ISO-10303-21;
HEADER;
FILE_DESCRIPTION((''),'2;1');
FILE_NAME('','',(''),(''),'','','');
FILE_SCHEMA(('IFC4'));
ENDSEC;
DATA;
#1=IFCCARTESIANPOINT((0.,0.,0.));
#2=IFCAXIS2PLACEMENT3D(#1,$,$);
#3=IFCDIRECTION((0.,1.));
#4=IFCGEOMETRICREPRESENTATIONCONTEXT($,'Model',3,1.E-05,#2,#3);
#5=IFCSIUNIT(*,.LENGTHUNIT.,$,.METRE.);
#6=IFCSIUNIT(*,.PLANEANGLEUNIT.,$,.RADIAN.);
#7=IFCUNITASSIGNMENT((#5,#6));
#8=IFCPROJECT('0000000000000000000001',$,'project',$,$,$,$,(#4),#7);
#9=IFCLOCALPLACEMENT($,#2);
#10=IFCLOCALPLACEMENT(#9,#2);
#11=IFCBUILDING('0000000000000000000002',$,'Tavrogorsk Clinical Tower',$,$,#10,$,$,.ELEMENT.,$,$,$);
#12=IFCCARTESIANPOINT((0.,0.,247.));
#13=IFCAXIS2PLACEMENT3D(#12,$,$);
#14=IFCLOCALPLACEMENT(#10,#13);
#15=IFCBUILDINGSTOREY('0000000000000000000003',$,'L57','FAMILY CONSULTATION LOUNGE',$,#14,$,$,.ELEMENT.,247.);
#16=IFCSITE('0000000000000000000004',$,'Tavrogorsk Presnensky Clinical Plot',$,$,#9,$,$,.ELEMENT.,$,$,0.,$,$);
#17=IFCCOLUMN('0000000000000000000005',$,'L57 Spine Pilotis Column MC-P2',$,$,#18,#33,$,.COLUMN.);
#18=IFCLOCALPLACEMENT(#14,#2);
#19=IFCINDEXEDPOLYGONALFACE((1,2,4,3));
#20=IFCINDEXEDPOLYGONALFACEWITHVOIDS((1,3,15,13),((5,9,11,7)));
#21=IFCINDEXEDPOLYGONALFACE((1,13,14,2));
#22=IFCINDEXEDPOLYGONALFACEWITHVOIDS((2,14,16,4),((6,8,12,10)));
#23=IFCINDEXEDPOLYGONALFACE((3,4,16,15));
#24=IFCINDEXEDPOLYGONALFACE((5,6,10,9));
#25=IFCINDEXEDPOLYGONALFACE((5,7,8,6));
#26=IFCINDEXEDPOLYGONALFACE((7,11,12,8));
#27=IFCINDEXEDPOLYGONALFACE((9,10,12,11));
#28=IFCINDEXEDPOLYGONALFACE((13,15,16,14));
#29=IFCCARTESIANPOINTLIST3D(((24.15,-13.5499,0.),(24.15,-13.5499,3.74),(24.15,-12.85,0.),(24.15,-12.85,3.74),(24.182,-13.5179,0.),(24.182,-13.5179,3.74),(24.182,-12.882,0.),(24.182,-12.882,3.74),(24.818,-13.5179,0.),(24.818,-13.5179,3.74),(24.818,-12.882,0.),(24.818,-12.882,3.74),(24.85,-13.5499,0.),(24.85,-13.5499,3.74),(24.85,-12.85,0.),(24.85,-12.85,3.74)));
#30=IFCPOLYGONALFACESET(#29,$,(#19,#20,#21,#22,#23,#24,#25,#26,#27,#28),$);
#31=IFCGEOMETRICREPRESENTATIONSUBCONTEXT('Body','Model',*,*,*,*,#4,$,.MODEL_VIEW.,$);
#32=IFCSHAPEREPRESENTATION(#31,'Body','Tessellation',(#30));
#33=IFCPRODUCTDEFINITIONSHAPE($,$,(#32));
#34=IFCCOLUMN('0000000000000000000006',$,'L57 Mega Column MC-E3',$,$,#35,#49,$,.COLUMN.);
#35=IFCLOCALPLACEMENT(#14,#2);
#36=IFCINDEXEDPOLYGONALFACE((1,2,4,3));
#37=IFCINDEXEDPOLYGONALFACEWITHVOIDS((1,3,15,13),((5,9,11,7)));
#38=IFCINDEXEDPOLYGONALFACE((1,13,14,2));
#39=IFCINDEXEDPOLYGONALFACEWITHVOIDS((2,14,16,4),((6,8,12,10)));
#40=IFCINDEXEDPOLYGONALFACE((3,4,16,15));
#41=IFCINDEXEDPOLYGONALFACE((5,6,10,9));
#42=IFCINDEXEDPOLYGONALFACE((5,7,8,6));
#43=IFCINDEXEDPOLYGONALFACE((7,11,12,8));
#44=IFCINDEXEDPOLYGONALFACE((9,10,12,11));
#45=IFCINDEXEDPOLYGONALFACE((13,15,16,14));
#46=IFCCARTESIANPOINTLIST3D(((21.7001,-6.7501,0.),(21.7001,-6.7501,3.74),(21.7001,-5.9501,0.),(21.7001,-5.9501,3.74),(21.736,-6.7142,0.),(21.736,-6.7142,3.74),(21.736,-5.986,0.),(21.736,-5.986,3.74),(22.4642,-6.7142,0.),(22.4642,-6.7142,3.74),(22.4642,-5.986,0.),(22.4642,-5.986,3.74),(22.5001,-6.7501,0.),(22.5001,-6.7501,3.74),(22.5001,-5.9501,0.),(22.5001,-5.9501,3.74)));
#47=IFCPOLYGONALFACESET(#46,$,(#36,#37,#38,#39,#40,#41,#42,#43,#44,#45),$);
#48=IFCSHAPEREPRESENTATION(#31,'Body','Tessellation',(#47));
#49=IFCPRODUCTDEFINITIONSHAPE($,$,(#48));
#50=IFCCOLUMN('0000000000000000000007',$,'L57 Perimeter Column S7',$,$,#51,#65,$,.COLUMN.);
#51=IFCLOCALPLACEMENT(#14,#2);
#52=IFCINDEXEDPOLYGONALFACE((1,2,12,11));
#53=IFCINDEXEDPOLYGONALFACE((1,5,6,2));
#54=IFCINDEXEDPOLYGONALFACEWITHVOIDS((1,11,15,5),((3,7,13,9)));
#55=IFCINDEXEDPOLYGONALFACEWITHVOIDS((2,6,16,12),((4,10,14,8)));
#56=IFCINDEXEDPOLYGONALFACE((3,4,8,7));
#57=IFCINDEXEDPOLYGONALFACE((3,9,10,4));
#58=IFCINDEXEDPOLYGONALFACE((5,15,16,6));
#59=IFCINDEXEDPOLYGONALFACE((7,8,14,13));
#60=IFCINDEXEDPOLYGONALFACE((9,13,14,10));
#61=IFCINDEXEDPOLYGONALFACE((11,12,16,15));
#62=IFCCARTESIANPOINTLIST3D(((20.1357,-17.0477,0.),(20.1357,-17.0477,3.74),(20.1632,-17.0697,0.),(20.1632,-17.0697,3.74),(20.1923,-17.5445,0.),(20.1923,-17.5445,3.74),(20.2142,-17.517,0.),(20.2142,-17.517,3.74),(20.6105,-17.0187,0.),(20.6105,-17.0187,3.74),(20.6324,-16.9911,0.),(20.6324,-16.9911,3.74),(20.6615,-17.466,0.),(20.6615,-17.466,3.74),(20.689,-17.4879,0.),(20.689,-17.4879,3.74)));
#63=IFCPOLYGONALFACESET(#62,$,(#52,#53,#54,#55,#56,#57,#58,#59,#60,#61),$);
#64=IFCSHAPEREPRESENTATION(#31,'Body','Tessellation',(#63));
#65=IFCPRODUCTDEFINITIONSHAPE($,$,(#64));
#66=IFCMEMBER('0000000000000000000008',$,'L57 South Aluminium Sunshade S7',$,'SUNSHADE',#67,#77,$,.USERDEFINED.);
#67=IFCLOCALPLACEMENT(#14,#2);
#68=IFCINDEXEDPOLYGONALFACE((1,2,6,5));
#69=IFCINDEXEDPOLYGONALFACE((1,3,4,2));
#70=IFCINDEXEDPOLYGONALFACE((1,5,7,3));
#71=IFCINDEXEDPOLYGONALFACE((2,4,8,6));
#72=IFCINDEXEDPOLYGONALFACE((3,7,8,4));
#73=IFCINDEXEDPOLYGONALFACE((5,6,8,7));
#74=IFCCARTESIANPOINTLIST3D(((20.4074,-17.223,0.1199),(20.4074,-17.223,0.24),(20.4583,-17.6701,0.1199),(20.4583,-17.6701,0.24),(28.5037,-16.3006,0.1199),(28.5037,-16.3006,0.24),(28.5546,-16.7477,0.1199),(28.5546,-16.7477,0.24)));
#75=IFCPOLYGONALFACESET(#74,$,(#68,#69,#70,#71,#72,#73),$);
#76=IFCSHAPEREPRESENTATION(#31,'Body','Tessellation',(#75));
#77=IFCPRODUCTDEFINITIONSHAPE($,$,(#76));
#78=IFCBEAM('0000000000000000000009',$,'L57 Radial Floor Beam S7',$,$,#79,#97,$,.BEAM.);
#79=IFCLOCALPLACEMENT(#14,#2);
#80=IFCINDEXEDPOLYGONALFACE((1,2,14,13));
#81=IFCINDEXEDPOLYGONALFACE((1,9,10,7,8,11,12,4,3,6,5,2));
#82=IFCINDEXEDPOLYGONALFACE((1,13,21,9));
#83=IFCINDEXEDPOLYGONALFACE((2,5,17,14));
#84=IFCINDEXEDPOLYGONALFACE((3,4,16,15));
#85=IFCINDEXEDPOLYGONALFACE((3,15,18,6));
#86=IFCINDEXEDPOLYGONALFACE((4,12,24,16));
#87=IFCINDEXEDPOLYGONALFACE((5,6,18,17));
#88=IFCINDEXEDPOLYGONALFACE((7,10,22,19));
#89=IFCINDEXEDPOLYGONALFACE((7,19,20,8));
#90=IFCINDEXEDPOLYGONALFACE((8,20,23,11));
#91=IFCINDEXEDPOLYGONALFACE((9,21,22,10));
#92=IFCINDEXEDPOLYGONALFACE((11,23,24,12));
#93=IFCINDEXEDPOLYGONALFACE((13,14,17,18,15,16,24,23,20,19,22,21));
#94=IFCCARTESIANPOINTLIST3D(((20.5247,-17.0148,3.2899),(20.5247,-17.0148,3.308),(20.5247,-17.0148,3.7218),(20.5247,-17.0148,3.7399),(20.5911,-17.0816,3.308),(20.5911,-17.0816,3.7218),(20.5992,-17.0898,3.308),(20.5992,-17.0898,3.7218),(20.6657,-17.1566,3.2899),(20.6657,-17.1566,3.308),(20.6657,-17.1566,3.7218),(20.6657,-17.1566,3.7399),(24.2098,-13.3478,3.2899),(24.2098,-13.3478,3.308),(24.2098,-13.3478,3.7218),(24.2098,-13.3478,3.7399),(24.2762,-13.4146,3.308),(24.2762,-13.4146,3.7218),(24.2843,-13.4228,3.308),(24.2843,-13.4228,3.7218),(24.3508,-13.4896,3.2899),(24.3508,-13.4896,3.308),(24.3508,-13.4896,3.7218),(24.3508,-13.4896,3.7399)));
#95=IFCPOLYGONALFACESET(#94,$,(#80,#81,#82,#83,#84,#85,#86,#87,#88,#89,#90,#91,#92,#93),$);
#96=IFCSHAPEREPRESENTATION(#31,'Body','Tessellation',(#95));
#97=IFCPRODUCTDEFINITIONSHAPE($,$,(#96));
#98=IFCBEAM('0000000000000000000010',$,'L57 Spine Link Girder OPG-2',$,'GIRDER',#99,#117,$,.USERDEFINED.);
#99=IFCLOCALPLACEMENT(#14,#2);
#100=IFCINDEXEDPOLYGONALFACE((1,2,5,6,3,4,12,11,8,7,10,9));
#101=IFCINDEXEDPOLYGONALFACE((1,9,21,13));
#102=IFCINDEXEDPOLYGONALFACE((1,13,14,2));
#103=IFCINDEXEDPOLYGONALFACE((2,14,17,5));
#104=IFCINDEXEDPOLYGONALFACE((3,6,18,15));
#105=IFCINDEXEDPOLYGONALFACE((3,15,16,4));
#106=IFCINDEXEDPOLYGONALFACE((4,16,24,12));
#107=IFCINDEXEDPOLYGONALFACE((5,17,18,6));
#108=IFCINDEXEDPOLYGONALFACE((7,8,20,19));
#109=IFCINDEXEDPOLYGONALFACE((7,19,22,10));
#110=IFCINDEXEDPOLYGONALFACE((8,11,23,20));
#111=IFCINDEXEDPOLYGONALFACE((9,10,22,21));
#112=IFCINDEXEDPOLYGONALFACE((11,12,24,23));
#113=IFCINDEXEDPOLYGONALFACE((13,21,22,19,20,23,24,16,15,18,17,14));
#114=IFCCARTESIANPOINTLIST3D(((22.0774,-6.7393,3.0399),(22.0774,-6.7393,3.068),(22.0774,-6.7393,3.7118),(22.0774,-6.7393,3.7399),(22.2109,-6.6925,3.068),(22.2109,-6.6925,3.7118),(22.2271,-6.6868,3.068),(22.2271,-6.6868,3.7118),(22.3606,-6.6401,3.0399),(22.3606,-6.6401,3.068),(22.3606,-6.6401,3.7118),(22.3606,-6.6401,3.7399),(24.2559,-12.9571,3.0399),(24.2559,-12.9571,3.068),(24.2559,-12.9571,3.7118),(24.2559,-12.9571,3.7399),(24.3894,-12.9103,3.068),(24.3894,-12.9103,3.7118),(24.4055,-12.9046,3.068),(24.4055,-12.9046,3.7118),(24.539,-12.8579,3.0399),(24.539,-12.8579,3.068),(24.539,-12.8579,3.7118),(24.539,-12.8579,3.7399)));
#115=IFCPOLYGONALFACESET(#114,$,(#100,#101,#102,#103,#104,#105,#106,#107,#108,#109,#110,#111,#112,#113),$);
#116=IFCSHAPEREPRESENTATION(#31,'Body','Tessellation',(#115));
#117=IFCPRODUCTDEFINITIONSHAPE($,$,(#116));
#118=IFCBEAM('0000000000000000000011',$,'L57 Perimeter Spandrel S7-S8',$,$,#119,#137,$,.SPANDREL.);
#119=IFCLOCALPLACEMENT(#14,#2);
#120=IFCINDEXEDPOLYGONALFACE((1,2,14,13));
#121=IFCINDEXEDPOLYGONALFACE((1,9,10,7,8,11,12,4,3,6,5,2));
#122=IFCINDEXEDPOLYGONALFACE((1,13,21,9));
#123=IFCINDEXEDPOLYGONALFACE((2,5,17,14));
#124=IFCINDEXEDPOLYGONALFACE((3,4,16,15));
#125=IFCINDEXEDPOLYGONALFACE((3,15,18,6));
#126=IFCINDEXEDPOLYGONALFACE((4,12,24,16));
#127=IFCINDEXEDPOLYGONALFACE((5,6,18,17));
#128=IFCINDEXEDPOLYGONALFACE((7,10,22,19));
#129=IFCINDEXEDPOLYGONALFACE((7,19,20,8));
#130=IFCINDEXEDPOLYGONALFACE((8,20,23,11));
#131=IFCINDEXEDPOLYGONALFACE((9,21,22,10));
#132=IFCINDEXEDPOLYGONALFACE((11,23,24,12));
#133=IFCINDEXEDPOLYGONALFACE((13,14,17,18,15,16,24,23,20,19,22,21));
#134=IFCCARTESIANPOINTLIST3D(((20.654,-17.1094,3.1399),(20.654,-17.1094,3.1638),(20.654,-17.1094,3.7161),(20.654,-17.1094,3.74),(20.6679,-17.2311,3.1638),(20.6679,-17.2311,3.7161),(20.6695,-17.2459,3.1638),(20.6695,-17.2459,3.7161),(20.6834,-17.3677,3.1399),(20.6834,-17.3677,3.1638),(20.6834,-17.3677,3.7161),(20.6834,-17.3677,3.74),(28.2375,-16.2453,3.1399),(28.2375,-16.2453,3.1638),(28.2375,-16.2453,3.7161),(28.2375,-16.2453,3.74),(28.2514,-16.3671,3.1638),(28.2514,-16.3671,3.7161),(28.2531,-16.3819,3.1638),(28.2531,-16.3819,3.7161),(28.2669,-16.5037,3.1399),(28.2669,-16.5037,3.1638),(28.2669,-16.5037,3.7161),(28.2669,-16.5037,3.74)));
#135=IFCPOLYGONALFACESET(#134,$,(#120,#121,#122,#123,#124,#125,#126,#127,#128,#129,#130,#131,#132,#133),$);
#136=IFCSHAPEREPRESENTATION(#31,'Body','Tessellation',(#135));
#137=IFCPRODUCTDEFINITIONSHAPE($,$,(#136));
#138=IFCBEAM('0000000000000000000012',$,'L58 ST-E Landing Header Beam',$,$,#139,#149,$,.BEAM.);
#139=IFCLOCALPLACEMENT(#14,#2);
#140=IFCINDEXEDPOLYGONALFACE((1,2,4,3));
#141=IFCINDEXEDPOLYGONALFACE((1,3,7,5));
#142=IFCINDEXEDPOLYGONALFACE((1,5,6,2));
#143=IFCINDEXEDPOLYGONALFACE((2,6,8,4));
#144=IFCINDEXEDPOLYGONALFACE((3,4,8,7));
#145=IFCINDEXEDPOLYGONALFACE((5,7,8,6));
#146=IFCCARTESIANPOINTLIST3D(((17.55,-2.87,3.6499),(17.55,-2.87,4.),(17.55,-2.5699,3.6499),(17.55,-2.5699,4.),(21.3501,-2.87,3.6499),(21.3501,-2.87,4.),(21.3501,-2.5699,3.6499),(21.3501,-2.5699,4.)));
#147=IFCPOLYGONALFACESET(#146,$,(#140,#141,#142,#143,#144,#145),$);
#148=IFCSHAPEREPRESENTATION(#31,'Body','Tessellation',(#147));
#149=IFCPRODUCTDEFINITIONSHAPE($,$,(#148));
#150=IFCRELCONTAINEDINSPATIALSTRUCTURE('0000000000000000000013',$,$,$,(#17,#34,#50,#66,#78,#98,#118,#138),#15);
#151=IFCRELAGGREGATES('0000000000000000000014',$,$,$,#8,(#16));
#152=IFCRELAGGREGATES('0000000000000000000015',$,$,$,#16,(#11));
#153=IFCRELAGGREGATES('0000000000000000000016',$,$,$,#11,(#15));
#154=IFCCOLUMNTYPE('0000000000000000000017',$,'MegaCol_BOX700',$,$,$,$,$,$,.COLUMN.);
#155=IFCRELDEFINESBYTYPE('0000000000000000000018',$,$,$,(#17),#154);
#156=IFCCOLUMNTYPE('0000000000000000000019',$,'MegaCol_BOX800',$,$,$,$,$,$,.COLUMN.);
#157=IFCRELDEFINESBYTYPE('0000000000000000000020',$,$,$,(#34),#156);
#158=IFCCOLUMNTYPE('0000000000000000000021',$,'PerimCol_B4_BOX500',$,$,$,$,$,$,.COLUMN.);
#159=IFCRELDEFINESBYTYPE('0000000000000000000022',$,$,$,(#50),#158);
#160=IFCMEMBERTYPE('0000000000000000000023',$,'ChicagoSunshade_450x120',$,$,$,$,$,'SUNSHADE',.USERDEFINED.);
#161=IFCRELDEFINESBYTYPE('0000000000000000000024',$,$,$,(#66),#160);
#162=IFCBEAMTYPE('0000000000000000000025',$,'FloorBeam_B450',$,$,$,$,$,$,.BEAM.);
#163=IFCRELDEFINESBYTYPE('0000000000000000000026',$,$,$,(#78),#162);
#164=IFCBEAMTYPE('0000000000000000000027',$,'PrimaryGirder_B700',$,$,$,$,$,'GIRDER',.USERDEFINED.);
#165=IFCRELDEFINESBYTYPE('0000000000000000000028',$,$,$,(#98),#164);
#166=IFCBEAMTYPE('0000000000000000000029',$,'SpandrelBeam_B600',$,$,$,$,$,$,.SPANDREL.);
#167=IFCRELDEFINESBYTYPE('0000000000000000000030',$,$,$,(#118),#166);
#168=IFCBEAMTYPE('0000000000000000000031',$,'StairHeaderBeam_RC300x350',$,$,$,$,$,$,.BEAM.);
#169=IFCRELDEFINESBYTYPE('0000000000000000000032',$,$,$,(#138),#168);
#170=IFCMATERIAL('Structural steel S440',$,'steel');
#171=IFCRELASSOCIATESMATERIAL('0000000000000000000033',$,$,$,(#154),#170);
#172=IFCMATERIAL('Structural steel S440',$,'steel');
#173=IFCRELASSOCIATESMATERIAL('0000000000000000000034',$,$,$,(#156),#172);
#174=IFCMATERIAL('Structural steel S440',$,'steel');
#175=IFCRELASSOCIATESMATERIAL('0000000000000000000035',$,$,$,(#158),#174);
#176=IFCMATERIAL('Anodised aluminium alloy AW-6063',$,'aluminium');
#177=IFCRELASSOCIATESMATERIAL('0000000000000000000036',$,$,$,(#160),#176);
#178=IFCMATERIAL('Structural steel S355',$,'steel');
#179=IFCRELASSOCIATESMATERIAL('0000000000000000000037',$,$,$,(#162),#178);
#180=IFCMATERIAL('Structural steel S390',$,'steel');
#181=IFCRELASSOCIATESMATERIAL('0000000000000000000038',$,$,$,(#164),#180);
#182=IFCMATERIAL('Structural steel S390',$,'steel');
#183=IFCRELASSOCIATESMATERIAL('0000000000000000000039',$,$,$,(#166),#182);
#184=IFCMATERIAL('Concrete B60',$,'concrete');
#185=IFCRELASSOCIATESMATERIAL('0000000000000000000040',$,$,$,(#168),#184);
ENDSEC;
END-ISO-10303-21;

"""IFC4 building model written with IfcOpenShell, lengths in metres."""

from ifc_helpers import new_model, si_unit, direction, frame, origin, origin_2d, place, context, subcontext, project, spatial, rectangle, hollow_rectangle, i_section, extrude, material, material_profile, profile_set, type_object, element, save


model = new_model("IFC4")

# Units and contexts
model_context = context("Model", 3, precision=1e-05, world=origin(), true_north=direction((0.0, 1.0)))
body_context = subcontext(model_context, "Body", "Model", "MODEL_VIEW")
ifc_project = project(units=[si_unit("LENGTHUNIT", "METRE"), si_unit("PLANEANGLEUNIT", "RADIAN")], contexts=[model_context])

# Site, building, storey
site_placement = place(None, origin())
site = spatial("IfcSite", under=ifc_project, at=site_placement, Name="Tavrogorsk Presnensky Clinical Plot", CompositionType="ELEMENT", RefElevation=0.0)
building_placement = place(site_placement, origin())
building = spatial("IfcBuilding", under=site, at=building_placement, Name="Tavrogorsk Clinical Tower", CompositionType="ELEMENT")
storey_placement = place(building_placement, frame((0.0, 0.0, 247.0)))
storey = spatial("IfcBuildingStorey", under=building, at=storey_placement, Name="L57", Description="FAMILY CONSULTATION LOUNGE", CompositionType="ELEMENT", Elevation=247.0)

# Columns
ifc_material_1 = material(Name="Structural steel S440", Category="steel")
ifc_material_profile_1 = material_profile(ifc_material_1, hollow_rectangle(XDim=0.7, YDim=0.7, WallThickness=0.032, at=origin_2d()), Name="BOX-700x700x32")
ifc_profile_set_1 = profile_set([ifc_material_profile_1], Name="Structural steel S440")
column_type_1 = type_object("IfcColumnType", Name="MegaCol_BOX700", PredefinedType="COLUMN", material=ifc_profile_set_1)
column_1_placement = place(storey_placement, frame((24.5, -13.2, 0.0), z_axis=(0.0, 0.0, 1.0), x_axis=(1.0, 0.0, 0.0)))
element("IfcColumn", 1, at=column_1_placement, inside=storey, type_object=column_type_1, Name="L57 Spine Pilotis Column MC-P2", PredefinedType="COLUMN", context=body_context, shape_type="SweptSolid", body=[
    extrude(hollow_rectangle(XDim=0.7, YDim=0.7, WallThickness=0.032, at=origin_2d()), origin(), (0.0, 0.0, 1.0), 3.74),
])
ifc_material_2 = material(Name="Structural steel S440", Category="steel")
ifc_material_profile_2 = material_profile(ifc_material_2, hollow_rectangle(XDim=0.8, YDim=0.8, WallThickness=0.0359, at=origin_2d()), Name="BOX-800x800x36")
ifc_profile_set_2 = profile_set([ifc_material_profile_2], Name="Structural steel S440")
column_type_2 = type_object("IfcColumnType", Name="MegaCol_BOX800", PredefinedType="COLUMN", material=ifc_profile_set_2)
column_2_placement = place(storey_placement, frame((22.1001, -6.3501, 0.0), z_axis=(0.0, 0.0, 1.0), x_axis=(1.0, 0.0, 0.0)))
element("IfcColumn", 2, at=column_2_placement, inside=storey, type_object=column_type_2, Name="L57 Mega Column MC-E3", PredefinedType="COLUMN", context=body_context, shape_type="SweptSolid", body=[
    extrude(hollow_rectangle(XDim=0.8, YDim=0.8, WallThickness=0.0359, at=origin_2d()), origin(), (0.0, 0.0, 1.0), 3.74),
])
ifc_material_3 = material(Name="Structural steel S440", Category="steel")
ifc_material_profile_3 = material_profile(ifc_material_3, hollow_rectangle(XDim=0.5, YDim=0.5, WallThickness=0.0249, at=origin_2d()), Name="BOX-500x500x25")
ifc_profile_set_3 = profile_set([ifc_material_profile_3], Name="Structural steel S440")
column_type_3 = type_object("IfcColumnType", Name="PerimCol_B4_BOX500", PredefinedType="COLUMN", material=ifc_profile_set_3)
column_3_placement = place(storey_placement, frame((20.4124, -17.2678, 0.0), z_axis=(0.0, 0.0, 1.0), x_axis=(0.993572, 0.113203, 0.0)))
element("IfcColumn", 3, at=column_3_placement, inside=storey, type_object=column_type_3, Name="L57 Perimeter Column S7", PredefinedType="COLUMN", context=body_context, shape_type="SweptSolid", body=[
    extrude(hollow_rectangle(XDim=0.5, YDim=0.5, WallThickness=0.0249, at=origin_2d()), origin(), (0.0, 0.0, 1.0), 3.74),
])

# Member
ifc_material_4 = material(Name="Anodised aluminium alloy AW-6063", Category="aluminium")
ifc_material_profile_4 = material_profile(ifc_material_4, rectangle(XDim=0.45, YDim=0.1201, at=origin_2d()), Name="ALU-SUNSHADE-450x120")
ifc_profile_set_4 = profile_set([ifc_material_profile_4], Name="Anodised aluminium alloy AW-6063")
member_type = type_object("IfcMemberType", Name="ChicagoSunshade_450x120", ElementType="SUNSHADE", PredefinedType="USERDEFINED", material=ifc_profile_set_4)
member_placement = place(storey_placement, frame((20.4329, -17.4465, 0.1799), z_axis=(0.993573, 0.113193, 0.0), x_axis=(-0.113193, 0.993573, 0.0)))
element("IfcMember", 4, at=member_placement, inside=storey, type_object=member_type, Name="L57 South Aluminium Sunshade S7", ObjectType="SUNSHADE", PredefinedType="USERDEFINED", context=body_context, shape_type="SweptSolid", body=[
    extrude(rectangle(XDim=0.45, YDim=0.1201, at=origin_2d()), origin(), (0.0, 0.0, 1.0), 8.1487),
])

# Beams
ifc_material_5 = material(Name="Structural steel S355", Category="steel")
ifc_material_profile_5 = material_profile(ifc_material_5, i_section(OverallWidth=0.2, OverallDepth=0.45, WebThickness=0.0115, FlangeThickness=0.0181, at=origin_2d()), Name="B-450x200x11.5x18")
ifc_profile_set_5 = profile_set([ifc_material_profile_5], Name="Structural steel S355")
beam_type_1 = type_object("IfcBeamType", Name="FloorBeam_B450", PredefinedType="BEAM", material=ifc_profile_set_5)
beam_1_placement = place(storey_placement, frame((24.2803, -13.4187, 3.5149), z_axis=(-0.708842, -0.705367, 0.0), x_axis=(0.705367, -0.708842, 0.0)))
element("IfcBeam", 5, at=beam_1_placement, inside=storey, type_object=beam_type_1, Name="L57 Radial Floor Beam S7", PredefinedType="BEAM", context=body_context, shape_type="SweptSolid", body=[
    extrude(i_section(OverallWidth=0.2, OverallDepth=0.45, WebThickness=0.0115, FlangeThickness=0.0181, at=origin_2d()), origin(), (0.0, 0.0, 1.0), 5.1987),
])
ifc_material_6 = material(Name="Structural steel S390", Category="steel")
ifc_material_profile_6 = material_profile(ifc_material_6, i_section(OverallWidth=0.3, OverallDepth=0.7, WebThickness=0.0171, FlangeThickness=0.0281, at=origin_2d()), Name="B-700x300x17x28")
ifc_profile_set_6 = profile_set([ifc_material_profile_6], Name="Structural steel S390")
beam_type_2 = type_object("IfcBeamType", Name="PrimaryGirder_B700", ElementType="GIRDER", PredefinedType="USERDEFINED", material=ifc_profile_set_6)
beam_2_placement = place(storey_placement, frame((24.3975, -12.9075, 3.3899), z_axis=(-0.330654, 0.943752, 0.0), x_axis=(-0.943752, -0.330654, 0.0)))
element("IfcBeam", 6, at=beam_2_placement, inside=storey, type_object=beam_type_2, Name="L57 Spine Link Girder OPG-2", ObjectType="GIRDER", PredefinedType="USERDEFINED", context=body_context, shape_type="SweptSolid", body=[
    extrude(i_section(OverallWidth=0.3, OverallDepth=0.7, WebThickness=0.0171, FlangeThickness=0.0281, at=origin_2d()), origin(), (0.0, 0.0, 1.0), 6.5884),
])
ifc_material_7 = material(Name="Structural steel S390", Category="steel")
ifc_material_profile_7 = material_profile(ifc_material_7, i_section(OverallWidth=0.26, OverallDepth=0.6001, WebThickness=0.0149, FlangeThickness=0.0239, at=origin_2d()), Name="B-600x260x15x24")
ifc_profile_set_7 = profile_set([ifc_material_profile_7], Name="Structural steel S390")
beam_type_3 = type_object("IfcBeamType", Name="SpandrelBeam_B600", PredefinedType="SPANDREL", material=ifc_profile_set_7)
beam_3_placement = place(storey_placement, frame((20.6687, -17.2385, 3.4399), z_axis=(0.993572, 0.113201, 0.0), x_axis=(-0.113201, 0.993572, 0.0)))
element("IfcBeam", 7, at=beam_3_placement, inside=storey, type_object=beam_type_3, Name="L57 Perimeter Spandrel S7-S8", PredefinedType="SPANDREL", context=body_context, shape_type="SweptSolid", body=[
    extrude(i_section(OverallWidth=0.26, OverallDepth=0.6001, WebThickness=0.0149, FlangeThickness=0.0239, at=origin_2d()), origin(), (0.0, 0.0, 1.0), 7.6326),
])
ifc_material_8 = material(Name="Concrete B60", Category="concrete")
ifc_material_profile_8 = material_profile(ifc_material_8, rectangle(XDim=0.3, YDim=0.3501, at=origin_2d()), Name="RC-SHB-300x350")
ifc_profile_set_8 = profile_set([ifc_material_profile_8], Name="Concrete B60")
beam_type_4 = type_object("IfcBeamType", Name="StairHeaderBeam_RC300x350", PredefinedType="BEAM", material=ifc_profile_set_8)
beam_4_placement = place(storey_placement, frame((17.55, -2.72, 3.825), z_axis=(1.0, 0.0, 0.0), x_axis=(0.0, 1.0, 0.0)))
element("IfcBeam", 8, at=beam_4_placement, inside=storey, type_object=beam_type_4, Name="L58 ST-E Landing Header Beam", PredefinedType="BEAM", context=body_context, shape_type="SweptSolid", body=[
    extrude(rectangle(XDim=0.3, YDim=0.3501, at=origin_2d()), origin(), (0.0, 0.0, 1.0), 3.8),
])

save(model, "model.ifc")
